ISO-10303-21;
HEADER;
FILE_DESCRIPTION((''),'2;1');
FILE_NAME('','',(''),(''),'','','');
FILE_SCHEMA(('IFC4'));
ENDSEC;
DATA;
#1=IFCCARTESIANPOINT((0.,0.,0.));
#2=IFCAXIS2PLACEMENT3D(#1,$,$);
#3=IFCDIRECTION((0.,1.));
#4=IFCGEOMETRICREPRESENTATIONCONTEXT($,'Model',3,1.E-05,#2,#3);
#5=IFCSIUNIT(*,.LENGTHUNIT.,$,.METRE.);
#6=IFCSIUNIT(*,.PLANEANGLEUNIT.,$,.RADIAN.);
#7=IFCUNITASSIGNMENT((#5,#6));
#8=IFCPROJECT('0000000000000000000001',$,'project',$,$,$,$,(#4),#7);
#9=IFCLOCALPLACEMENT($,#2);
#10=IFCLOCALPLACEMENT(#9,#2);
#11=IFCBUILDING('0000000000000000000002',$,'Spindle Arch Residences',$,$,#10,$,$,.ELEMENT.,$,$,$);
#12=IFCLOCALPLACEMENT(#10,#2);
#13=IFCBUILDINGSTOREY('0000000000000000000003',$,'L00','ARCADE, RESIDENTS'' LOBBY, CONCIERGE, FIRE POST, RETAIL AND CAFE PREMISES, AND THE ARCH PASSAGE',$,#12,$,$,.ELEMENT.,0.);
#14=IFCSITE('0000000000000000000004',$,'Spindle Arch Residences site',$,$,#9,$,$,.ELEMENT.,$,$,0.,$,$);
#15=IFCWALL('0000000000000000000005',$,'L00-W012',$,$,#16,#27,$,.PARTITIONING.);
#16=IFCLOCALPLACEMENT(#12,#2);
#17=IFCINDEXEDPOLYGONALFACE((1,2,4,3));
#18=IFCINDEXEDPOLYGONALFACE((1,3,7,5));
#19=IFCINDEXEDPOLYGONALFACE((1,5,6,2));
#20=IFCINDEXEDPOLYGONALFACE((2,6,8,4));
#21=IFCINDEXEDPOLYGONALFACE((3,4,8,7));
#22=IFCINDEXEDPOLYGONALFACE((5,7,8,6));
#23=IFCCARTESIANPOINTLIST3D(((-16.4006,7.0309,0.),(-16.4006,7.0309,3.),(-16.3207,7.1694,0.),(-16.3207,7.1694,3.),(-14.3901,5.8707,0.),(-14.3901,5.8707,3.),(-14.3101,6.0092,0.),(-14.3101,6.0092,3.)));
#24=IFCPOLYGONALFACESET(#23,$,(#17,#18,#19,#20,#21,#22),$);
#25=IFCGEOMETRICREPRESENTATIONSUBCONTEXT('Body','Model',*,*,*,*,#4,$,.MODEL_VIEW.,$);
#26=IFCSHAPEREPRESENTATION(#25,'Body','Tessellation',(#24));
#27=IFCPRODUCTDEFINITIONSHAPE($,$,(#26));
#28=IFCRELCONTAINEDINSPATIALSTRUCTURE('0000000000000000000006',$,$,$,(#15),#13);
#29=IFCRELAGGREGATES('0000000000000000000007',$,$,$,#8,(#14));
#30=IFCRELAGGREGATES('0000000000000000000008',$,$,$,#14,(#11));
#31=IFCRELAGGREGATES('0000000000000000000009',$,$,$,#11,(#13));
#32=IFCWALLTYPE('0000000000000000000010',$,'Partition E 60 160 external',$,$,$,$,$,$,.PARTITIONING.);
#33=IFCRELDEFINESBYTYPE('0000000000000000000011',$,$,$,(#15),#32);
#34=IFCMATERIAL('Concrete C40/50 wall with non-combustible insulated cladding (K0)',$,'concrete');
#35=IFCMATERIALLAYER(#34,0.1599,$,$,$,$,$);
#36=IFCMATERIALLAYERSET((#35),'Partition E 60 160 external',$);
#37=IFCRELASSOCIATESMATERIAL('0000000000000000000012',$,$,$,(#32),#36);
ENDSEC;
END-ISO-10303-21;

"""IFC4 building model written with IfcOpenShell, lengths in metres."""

from ifc_helpers import new_model, si_unit, direction, frame, frame_2d, origin, place, context, subcontext, project, spatial, rectangle, extrude, material, layer, layer_set, type_object, element, save


model = new_model("IFC4")

# Units and contexts
model_context = context("Model", 3, precision=1e-05, world=origin(), true_north=direction((0.0, 1.0)))
body_context = subcontext(model_context, "Body", "Model", "MODEL_VIEW")
ifc_project = project(units=[si_unit("LENGTHUNIT", "METRE"), si_unit("PLANEANGLEUNIT", "RADIAN")], contexts=[model_context])

# Site, building, storey
site_placement = place(None, origin())
site = spatial("IfcSite", under=ifc_project, at=site_placement, Name="Spindle Arch Residences site", CompositionType="ELEMENT", RefElevation=0.0)
building_placement = place(site_placement, origin())
building = spatial("IfcBuilding", under=site, at=building_placement, Name="Spindle Arch Residences", CompositionType="ELEMENT")
storey_placement = place(building_placement, origin())
storey = spatial("IfcBuildingStorey", under=building, at=storey_placement, Name="L00", Description="ARCADE, RESIDENTS' LOBBY, CONCIERGE, FIRE POST, RETAIL AND CAFE PREMISES, AND THE ARCH PASSAGE", CompositionType="ELEMENT", Elevation=0.0)

# Shared definitions
ifc_material_1 = material(Name="Concrete C40/50 wall with non-combustible insulated cladding (K0)", Category="concrete")
ifc_layer_1 = layer(ifc_material_1, 0.1599)
ifc_layer_set_1 = layer_set([ifc_layer_1], Name="Partition E 60 160 external")
wall_type = type_object("IfcWallType", Name="Partition E 60 160 external", PredefinedType="PARTITIONING", material=ifc_layer_set_1)

# Wall
wall_1_placement = place(storey_placement, frame((-14.3501, 5.9399, 0.0), z_axis=(0.0, 0.0, 1.0), x_axis=(-0.866138, 0.499804, 0.0)))
element("IfcWall", 1, at=wall_1_placement, inside=storey, type_object=wall_type, Name="L00-W012", PredefinedType="PARTITIONING", context=body_context, shape_type="SweptSolid", body=[
    extrude(rectangle(XDim=2.3213, YDim=0.1599, at=frame_2d((1.1606, 0.0))), origin(), (0.0, 0.0, 1.0), 3.0),
])

save(model, "model.ifc")
